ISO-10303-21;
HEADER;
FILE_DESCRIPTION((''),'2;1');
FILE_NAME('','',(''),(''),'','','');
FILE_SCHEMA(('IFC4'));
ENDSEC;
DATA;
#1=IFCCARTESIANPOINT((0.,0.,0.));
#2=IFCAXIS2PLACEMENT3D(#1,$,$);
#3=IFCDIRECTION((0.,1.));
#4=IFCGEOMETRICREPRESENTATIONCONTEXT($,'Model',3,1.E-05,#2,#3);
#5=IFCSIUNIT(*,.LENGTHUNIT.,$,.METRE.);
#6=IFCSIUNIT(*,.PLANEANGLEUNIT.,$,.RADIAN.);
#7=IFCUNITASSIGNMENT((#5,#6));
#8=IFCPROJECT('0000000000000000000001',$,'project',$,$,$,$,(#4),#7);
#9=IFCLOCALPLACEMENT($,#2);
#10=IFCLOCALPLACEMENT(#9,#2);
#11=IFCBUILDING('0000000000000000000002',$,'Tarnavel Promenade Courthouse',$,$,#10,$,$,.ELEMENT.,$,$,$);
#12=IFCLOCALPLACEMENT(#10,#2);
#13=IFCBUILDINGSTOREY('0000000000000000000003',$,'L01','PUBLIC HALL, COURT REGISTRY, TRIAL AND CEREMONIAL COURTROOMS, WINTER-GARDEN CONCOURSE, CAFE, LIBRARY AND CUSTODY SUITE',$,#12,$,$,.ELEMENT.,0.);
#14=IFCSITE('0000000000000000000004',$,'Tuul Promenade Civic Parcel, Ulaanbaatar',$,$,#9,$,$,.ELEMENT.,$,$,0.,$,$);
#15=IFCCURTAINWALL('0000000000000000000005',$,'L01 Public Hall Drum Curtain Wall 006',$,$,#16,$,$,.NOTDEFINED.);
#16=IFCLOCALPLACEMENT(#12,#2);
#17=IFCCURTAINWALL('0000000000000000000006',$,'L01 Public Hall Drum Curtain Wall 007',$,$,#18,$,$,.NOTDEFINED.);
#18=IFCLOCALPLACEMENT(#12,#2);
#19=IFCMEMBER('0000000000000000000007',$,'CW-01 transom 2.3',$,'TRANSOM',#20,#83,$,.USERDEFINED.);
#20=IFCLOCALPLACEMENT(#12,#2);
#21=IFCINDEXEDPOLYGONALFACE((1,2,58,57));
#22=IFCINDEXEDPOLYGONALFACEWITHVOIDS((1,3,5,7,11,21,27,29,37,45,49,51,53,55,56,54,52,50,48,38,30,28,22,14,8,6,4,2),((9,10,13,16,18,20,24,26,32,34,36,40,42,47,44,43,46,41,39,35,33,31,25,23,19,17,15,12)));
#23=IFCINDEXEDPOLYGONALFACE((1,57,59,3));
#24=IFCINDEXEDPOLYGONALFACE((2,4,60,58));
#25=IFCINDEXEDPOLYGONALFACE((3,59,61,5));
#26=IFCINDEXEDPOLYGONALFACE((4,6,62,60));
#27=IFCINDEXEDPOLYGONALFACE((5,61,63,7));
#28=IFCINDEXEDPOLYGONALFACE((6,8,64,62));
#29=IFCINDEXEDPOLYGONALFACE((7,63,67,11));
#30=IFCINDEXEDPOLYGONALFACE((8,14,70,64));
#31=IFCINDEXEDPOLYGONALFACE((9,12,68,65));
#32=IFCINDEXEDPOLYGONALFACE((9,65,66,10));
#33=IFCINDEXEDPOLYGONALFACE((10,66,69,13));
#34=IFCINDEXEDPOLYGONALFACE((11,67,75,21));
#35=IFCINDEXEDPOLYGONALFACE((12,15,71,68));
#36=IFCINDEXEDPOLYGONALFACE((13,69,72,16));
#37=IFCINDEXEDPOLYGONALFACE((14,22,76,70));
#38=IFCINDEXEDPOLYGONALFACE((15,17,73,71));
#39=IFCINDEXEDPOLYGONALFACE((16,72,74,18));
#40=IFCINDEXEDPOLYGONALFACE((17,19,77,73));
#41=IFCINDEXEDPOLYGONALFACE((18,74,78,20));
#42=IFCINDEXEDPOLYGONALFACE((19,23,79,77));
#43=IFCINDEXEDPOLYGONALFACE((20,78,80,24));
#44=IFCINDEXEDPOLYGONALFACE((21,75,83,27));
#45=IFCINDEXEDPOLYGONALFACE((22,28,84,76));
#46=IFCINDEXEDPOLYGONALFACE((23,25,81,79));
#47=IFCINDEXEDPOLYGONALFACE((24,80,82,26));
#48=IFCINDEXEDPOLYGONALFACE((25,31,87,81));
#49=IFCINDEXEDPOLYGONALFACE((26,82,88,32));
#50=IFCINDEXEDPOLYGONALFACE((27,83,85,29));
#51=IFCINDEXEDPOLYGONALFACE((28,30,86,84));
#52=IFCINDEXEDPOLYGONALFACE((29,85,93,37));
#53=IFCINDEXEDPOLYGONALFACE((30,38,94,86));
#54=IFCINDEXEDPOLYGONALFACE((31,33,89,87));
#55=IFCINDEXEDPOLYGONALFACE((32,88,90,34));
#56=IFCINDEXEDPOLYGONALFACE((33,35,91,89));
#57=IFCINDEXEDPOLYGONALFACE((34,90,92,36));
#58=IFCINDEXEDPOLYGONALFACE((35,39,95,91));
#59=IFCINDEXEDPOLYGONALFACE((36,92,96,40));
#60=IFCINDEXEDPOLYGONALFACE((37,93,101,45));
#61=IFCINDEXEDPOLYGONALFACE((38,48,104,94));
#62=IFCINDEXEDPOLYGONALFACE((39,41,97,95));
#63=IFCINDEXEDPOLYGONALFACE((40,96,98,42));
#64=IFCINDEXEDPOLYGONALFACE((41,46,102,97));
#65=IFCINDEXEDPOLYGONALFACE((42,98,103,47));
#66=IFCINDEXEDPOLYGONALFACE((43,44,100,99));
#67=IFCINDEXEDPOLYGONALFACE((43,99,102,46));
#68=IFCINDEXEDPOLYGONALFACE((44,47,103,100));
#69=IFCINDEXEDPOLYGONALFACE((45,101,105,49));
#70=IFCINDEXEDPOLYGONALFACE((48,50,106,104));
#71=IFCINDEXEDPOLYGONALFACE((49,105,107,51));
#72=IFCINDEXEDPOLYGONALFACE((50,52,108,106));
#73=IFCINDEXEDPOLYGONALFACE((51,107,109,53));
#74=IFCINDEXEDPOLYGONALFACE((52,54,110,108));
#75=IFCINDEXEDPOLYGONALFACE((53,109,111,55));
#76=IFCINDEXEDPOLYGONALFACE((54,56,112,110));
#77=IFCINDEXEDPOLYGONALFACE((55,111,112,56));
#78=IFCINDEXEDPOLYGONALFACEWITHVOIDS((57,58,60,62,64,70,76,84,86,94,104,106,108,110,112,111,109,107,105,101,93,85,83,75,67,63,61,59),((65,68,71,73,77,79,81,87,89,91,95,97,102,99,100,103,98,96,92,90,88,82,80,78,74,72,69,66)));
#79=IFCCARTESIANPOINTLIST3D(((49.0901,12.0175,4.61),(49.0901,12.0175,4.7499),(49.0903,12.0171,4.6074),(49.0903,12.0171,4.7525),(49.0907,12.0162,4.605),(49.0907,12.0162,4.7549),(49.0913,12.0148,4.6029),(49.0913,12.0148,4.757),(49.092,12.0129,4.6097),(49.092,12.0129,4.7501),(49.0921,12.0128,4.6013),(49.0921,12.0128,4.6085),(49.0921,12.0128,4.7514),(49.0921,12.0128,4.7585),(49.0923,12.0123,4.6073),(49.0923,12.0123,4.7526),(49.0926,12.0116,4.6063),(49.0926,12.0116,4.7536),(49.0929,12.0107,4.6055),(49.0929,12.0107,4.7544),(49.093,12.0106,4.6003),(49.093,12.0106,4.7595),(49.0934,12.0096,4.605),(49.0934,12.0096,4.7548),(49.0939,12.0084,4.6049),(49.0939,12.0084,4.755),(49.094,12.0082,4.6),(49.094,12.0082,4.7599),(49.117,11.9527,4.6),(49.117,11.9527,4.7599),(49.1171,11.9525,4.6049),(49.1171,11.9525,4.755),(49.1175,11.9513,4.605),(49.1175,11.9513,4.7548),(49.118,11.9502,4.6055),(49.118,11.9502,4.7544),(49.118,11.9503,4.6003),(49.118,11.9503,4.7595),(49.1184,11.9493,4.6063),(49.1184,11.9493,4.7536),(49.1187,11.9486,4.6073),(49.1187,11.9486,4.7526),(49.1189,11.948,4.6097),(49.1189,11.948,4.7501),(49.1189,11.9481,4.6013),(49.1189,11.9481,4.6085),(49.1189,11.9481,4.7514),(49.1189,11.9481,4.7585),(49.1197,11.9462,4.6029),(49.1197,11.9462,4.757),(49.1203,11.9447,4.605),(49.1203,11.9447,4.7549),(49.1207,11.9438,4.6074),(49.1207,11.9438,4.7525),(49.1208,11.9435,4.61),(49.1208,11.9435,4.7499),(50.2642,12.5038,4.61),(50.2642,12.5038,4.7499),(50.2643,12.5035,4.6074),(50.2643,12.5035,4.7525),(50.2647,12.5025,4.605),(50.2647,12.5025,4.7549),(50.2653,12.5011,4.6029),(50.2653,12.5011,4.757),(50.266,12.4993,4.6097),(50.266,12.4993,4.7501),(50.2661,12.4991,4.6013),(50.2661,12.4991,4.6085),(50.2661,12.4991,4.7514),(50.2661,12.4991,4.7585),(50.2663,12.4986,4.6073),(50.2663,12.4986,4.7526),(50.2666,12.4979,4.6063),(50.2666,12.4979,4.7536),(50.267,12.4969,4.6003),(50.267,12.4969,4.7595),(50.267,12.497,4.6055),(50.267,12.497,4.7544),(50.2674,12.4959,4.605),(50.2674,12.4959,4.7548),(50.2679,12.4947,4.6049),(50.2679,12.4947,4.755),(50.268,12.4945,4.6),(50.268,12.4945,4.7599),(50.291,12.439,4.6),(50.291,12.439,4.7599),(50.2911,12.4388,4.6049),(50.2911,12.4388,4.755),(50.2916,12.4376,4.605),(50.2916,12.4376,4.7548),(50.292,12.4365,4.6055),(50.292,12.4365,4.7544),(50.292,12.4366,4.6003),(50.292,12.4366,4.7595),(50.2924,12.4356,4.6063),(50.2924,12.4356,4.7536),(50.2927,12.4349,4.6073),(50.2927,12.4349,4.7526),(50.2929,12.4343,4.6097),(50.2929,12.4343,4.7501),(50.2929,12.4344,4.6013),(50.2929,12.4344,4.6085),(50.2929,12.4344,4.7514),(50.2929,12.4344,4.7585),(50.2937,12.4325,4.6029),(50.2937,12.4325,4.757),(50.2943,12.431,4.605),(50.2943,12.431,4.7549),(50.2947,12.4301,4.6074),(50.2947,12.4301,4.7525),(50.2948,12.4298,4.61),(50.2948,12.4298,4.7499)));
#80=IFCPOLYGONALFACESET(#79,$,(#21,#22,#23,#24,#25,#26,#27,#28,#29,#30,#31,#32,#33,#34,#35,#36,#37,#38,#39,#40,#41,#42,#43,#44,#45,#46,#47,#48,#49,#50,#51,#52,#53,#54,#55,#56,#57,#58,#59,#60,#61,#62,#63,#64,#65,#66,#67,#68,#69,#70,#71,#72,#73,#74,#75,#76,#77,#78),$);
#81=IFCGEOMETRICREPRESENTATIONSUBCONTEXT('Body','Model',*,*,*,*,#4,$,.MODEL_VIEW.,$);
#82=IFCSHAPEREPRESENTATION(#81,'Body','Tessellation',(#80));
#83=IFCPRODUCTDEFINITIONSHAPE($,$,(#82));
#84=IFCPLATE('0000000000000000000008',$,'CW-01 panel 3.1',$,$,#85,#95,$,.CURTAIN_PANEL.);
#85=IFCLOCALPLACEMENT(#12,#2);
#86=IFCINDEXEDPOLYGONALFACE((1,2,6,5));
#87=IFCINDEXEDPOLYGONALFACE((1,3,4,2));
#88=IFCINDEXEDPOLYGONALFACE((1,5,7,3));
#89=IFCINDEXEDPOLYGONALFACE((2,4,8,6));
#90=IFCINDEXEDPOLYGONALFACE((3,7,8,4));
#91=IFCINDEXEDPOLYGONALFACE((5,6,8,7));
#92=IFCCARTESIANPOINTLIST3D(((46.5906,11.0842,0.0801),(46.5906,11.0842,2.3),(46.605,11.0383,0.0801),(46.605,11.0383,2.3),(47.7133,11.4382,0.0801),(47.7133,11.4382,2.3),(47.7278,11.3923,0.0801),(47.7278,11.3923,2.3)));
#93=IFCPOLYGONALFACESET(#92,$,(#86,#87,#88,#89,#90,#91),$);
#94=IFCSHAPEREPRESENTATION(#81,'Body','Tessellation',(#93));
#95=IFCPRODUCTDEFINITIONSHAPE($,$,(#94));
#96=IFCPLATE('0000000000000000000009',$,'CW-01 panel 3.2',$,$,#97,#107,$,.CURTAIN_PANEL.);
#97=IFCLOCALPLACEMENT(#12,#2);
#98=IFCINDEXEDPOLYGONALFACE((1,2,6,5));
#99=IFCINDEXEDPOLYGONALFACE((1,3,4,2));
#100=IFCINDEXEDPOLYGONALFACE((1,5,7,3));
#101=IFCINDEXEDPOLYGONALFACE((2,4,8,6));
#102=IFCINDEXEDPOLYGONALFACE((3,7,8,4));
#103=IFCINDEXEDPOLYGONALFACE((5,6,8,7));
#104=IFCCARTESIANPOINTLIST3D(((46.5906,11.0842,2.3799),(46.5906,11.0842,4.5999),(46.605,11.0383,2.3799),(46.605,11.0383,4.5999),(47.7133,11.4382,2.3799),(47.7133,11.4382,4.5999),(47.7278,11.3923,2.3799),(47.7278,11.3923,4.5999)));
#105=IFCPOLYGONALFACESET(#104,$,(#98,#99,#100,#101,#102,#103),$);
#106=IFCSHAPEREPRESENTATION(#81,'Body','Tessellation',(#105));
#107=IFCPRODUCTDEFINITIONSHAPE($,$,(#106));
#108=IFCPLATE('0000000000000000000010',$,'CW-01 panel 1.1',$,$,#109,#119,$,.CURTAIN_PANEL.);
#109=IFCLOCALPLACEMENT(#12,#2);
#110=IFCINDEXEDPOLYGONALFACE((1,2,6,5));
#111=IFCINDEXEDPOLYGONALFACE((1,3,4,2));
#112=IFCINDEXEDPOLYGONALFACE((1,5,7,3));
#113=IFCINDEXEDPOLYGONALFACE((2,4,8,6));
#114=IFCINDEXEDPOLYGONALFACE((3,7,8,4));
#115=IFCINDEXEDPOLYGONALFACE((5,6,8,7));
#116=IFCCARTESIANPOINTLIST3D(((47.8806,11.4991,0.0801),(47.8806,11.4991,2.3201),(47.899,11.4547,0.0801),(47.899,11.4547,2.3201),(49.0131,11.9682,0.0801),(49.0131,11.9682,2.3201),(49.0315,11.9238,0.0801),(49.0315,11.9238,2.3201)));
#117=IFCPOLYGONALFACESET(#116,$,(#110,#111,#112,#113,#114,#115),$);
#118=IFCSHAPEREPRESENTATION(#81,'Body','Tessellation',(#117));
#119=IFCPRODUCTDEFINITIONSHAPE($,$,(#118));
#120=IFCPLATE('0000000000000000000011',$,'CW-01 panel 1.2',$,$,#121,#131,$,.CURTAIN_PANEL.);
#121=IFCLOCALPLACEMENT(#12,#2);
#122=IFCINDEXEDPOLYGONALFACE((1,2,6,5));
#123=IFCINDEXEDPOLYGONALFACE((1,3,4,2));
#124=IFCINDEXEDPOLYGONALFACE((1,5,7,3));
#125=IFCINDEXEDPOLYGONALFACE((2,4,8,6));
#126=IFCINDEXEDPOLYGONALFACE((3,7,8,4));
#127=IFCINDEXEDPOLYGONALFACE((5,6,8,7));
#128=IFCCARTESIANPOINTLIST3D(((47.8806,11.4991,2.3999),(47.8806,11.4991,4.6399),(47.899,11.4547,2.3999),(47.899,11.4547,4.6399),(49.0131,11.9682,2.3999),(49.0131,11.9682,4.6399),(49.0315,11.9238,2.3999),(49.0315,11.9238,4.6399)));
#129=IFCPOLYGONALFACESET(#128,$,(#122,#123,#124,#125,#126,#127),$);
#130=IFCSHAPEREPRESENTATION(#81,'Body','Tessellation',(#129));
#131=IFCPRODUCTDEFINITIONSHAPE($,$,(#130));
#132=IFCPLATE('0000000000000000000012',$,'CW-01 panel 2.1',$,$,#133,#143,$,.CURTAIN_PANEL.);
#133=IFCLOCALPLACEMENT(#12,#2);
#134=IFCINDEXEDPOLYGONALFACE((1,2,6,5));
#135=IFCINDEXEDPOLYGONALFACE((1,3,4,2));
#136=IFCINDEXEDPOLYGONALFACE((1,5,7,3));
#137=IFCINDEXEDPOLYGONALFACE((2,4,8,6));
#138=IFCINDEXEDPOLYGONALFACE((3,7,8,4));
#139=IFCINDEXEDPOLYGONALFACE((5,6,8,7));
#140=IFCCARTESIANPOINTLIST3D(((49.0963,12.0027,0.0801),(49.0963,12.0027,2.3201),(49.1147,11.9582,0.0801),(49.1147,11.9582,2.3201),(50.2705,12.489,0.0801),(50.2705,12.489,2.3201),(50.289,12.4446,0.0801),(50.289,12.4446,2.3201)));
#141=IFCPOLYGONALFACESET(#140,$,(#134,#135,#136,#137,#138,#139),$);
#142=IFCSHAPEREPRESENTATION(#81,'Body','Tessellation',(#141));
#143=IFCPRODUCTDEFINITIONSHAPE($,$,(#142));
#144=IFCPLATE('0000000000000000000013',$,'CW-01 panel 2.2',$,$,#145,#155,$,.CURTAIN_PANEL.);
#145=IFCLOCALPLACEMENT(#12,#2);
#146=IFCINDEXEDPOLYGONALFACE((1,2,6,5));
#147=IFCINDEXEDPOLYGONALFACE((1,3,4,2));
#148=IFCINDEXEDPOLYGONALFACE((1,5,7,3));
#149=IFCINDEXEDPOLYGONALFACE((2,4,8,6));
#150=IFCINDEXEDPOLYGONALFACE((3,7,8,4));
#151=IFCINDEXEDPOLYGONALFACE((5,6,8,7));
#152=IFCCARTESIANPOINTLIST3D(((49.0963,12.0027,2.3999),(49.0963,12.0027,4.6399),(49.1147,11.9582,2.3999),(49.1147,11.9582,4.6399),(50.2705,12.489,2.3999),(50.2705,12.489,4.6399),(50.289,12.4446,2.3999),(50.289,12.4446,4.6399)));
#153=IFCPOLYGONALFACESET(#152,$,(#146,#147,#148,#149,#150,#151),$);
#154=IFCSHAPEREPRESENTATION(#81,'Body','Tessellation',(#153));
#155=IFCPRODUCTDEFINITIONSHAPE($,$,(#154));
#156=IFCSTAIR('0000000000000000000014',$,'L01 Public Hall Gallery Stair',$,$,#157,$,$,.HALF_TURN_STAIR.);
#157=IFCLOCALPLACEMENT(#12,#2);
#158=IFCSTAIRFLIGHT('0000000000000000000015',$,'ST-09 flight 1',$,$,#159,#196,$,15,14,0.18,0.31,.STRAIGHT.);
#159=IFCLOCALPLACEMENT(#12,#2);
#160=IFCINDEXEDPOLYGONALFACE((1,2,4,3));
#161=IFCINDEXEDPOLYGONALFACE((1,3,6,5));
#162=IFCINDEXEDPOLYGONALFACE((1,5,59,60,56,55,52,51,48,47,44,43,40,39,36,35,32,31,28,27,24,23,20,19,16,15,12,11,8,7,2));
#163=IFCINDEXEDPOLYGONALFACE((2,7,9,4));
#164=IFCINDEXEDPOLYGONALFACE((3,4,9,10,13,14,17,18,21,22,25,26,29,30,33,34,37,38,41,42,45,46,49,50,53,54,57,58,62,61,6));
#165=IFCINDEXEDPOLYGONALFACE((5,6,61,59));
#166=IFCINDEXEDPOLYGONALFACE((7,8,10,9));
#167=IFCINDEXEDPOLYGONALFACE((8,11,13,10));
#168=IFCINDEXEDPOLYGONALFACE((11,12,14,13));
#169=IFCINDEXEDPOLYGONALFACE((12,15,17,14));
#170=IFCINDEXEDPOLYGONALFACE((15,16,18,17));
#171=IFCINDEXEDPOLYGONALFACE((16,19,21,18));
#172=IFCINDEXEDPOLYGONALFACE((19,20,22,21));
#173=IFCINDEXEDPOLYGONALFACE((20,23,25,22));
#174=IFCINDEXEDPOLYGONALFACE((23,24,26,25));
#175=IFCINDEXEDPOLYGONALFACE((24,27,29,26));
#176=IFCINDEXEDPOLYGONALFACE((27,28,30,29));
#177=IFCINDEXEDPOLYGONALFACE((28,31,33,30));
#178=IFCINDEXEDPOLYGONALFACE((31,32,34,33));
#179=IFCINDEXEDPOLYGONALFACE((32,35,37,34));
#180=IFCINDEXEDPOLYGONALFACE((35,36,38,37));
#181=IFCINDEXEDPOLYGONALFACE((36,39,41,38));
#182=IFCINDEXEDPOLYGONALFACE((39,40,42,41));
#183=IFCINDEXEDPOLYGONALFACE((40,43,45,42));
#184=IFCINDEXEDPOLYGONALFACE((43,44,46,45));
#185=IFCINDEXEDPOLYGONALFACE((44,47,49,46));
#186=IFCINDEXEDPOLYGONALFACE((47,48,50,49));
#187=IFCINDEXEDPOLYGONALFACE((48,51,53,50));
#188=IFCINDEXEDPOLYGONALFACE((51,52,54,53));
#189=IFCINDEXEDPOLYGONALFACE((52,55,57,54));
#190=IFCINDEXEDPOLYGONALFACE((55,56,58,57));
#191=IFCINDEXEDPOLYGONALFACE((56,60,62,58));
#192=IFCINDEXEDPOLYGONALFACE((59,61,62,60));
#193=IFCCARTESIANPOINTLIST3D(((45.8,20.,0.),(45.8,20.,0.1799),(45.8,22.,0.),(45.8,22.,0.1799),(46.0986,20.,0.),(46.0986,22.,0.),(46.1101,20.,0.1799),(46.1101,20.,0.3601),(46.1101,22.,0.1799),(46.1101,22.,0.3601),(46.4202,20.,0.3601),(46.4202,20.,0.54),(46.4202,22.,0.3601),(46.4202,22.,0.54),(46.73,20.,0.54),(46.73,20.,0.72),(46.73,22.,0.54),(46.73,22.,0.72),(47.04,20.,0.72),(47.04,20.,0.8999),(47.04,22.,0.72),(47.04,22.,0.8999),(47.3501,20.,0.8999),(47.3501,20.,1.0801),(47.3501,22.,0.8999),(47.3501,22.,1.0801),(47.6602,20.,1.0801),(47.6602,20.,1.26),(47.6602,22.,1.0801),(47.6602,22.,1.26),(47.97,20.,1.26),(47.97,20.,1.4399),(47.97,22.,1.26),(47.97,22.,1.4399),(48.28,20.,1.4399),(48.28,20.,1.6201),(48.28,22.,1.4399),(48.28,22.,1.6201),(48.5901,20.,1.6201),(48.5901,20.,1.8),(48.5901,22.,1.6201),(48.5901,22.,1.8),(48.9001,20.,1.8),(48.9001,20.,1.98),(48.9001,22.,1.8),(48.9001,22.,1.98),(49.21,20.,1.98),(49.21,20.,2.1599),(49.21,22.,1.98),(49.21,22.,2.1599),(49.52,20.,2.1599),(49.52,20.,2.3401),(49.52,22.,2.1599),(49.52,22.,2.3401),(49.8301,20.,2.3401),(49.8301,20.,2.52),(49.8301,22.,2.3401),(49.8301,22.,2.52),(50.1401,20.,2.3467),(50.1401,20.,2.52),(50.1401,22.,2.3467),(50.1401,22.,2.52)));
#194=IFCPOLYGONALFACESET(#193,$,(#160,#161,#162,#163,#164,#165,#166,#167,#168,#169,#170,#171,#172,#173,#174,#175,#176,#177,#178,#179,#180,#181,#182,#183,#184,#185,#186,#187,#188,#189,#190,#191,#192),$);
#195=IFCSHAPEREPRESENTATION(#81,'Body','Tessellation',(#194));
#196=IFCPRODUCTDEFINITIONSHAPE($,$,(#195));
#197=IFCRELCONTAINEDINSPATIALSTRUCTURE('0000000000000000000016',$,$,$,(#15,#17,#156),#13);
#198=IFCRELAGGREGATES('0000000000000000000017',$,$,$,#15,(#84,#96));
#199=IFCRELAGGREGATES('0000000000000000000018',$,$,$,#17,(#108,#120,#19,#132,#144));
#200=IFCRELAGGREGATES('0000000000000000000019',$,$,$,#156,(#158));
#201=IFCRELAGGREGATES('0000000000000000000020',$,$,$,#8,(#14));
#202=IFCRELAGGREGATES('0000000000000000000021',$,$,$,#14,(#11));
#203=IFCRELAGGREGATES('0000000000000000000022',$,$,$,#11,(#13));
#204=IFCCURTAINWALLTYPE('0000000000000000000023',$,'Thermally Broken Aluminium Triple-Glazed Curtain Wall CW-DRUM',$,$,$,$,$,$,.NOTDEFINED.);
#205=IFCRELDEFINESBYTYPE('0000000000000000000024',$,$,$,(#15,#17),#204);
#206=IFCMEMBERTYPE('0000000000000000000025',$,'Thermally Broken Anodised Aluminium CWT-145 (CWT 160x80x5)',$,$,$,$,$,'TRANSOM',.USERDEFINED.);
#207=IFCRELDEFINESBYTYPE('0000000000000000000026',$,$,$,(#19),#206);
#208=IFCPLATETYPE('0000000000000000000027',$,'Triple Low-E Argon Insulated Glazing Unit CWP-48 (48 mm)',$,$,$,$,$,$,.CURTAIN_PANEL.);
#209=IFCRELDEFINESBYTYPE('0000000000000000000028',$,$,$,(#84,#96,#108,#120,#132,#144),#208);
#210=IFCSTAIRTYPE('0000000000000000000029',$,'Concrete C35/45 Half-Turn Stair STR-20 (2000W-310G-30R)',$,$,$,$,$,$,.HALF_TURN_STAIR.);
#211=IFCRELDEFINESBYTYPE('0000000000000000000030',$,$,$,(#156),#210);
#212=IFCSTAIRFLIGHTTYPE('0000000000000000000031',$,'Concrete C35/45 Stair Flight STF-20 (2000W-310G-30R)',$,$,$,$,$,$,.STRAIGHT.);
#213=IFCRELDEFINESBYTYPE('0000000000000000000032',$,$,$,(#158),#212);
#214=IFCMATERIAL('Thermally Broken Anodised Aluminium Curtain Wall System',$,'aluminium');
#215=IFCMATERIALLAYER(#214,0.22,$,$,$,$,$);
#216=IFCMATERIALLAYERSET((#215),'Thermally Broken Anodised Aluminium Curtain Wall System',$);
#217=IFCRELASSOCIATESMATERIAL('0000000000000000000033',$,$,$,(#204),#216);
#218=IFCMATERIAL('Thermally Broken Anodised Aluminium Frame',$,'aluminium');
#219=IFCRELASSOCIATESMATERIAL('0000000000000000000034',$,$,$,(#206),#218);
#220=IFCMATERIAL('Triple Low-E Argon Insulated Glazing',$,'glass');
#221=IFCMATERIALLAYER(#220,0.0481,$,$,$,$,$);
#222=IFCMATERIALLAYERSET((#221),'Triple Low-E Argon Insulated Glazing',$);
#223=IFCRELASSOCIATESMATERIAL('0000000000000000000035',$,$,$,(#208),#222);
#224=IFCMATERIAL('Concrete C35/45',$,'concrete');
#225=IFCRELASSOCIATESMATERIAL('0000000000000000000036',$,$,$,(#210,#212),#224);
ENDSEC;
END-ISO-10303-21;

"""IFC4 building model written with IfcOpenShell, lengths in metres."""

from ifc_helpers import new_model, si_unit, direction, frame, origin, origin_2d, place, context, subcontext, project, spatial, polyline, rectangle, hollow_rectangle, outline, extrude, material, layer, layer_set, material_profile, profile_set, type_object, element, aggregate, save


model = new_model("IFC4")

# Units and contexts
model_context = context("Model", 3, precision=1e-05, world=origin(), true_north=direction((0.0, 1.0)))
body_context = subcontext(model_context, "Body", "Model", "MODEL_VIEW")
ifc_project = project(units=[si_unit("LENGTHUNIT", "METRE"), si_unit("PLANEANGLEUNIT", "RADIAN")], contexts=[model_context])

# Site, building, storey
site_placement = place(None, origin())
site = spatial("IfcSite", under=ifc_project, at=site_placement, Name="Tuul Promenade Civic Parcel, Ulaanbaatar", CompositionType="ELEMENT", RefElevation=0.0)
building_placement = place(site_placement, origin())
building = spatial("IfcBuilding", under=site, at=building_placement, Name="Tarnavel Promenade Courthouse", CompositionType="ELEMENT")
storey_placement = place(building_placement, origin())
storey = spatial("IfcBuildingStorey", under=building, at=storey_placement, Name="L01", Description="PUBLIC HALL, COURT REGISTRY, TRIAL AND CEREMONIAL COURTROOMS, WINTER-GARDEN CONCOURSE, CAFE, LIBRARY AND CUSTODY SUITE", CompositionType="ELEMENT", Elevation=0.0)

# Curtain walls
ifc_material_1 = material(Name="Thermally Broken Anodised Aluminium Curtain Wall System", Category="aluminium")
ifc_layer_1 = layer(ifc_material_1, 0.22)
ifc_layer_set_1 = layer_set([ifc_layer_1], Name="Thermally Broken Anodised Aluminium Curtain Wall System")
curtain_wall_type = type_object("IfcCurtainWallType", Name="Thermally Broken Aluminium Triple-Glazed Curtain Wall CW-DRUM", PredefinedType="NOTDEFINED", material=ifc_layer_set_1)
curtain_wall_1_placement = place(storey_placement, origin())
curtain_wall_1 = element("IfcCurtainWall", 1, at=curtain_wall_1_placement, inside=storey, type_object=curtain_wall_type, Name="L01 Public Hall Drum Curtain Wall 006", PredefinedType="NOTDEFINED")
ifc_material_2 = material(Name="Thermally Broken Anodised Aluminium Frame", Category="aluminium")
curtain_wall_2_placement = place(storey_placement, origin())
curtain_wall_2 = element("IfcCurtainWall", 2, at=curtain_wall_2_placement, inside=storey, type_object=curtain_wall_type, Name="L01 Public Hall Drum Curtain Wall 007", PredefinedType="NOTDEFINED")

# Member
ifc_material_profile_1 = material_profile(ifc_material_2, hollow_rectangle(XDim=0.0801, YDim=0.1599, WallThickness=0.0049, InnerFilletRadius=0.0049, OuterFilletRadius=0.01, at=origin_2d()), Name="CWT 160x80x5")
ifc_profile_set_1 = profile_set([ifc_material_profile_1], Name="Thermally Broken Anodised Aluminium Frame")
member_type_1 = type_object("IfcMemberType", Name="Thermally Broken Anodised Aluminium CWT-145 (CWT 160x80x5)", ElementType="TRANSOM", PredefinedType="USERDEFINED", material=ifc_profile_set_1)
member_1_placement = place(storey_placement, frame((49.1055, 11.9805, 4.6799), z_axis=(0.923876, 0.382691, 0.0), x_axis=(-0.382691, 0.923876, 0.0)))
member_1 = element("IfcMember", 3, at=member_1_placement, type_object=member_type_1, Name="CW-01 transom 2.3", ObjectType="TRANSOM", PredefinedType="USERDEFINED", context=body_context, shape_type="SweptSolid", body=[
    extrude(hollow_rectangle(XDim=0.0801, YDim=0.1599, WallThickness=0.0049, InnerFilletRadius=0.0049, OuterFilletRadius=0.01, at=origin_2d()), origin(), (0.0, 0.0, 1.0), 1.2708),
])

# Plates
ifc_material_3 = material(Name="Triple Low-E Argon Insulated Glazing", Category="glass")
ifc_layer_2 = layer(ifc_material_3, 0.0481)
ifc_layer_set_2 = layer_set([ifc_layer_2], Name="Triple Low-E Argon Insulated Glazing")
plate_type = type_object("IfcPlateType", Name="Triple Low-E Argon Insulated Glazing Unit CWP-48 (48 mm)", PredefinedType="CURTAIN_PANEL", material=ifc_layer_set_2)
plate_1_placement = place(storey_placement, frame((47.1592, 11.2383, 0.0801), z_axis=(0.0, 0.0, 1.0), x_axis=(0.953718, 0.300704, 0.0)))
plate_1 = element("IfcPlate", 4, at=plate_1_placement, type_object=plate_type, Name="CW-01 panel 3.1", PredefinedType="CURTAIN_PANEL", context=body_context, shape_type="SweptSolid", body=[
    extrude(rectangle(XDim=1.1772, YDim=0.0481, at=origin_2d()), origin(), (0.0, 0.0, 1.0), 2.22),
])
plate_2_placement = place(storey_placement, frame((47.1592, 11.2383, 2.3799), z_axis=(0.0, 0.0, 1.0), x_axis=(0.953718, 0.300704, 0.0)))
plate_2 = element("IfcPlate", 5, at=plate_2_placement, type_object=plate_type, Name="CW-01 panel 3.2", PredefinedType="CURTAIN_PANEL", context=body_context, shape_type="SweptSolid", body=[
    extrude(rectangle(XDim=1.1772, YDim=0.0481, at=origin_2d()), origin(), (0.0, 0.0, 1.0), 2.22),
])
aggregate(curtain_wall_1, [plate_1, plate_2])
plate_3_placement = place(storey_placement, frame((48.4561, 11.7114, 0.0801), z_axis=(0.0, 0.0, 1.0), x_axis=(0.923879, 0.382685, 0.0)))
plate_3 = element("IfcPlate", 6, at=plate_3_placement, type_object=plate_type, Name="CW-01 panel 1.1", PredefinedType="CURTAIN_PANEL", context=body_context, shape_type="SweptSolid", body=[
    extrude(rectangle(XDim=1.2258, YDim=0.0481, at=origin_2d()), origin(), (0.0, 0.0, 1.0), 2.24),
])
plate_4_placement = place(storey_placement, frame((48.4561, 11.7114, 2.3999), z_axis=(0.0, 0.0, 1.0), x_axis=(0.923879, 0.382685, 0.0)))
plate_4 = element("IfcPlate", 7, at=plate_4_placement, type_object=plate_type, Name="CW-01 panel 1.2", PredefinedType="CURTAIN_PANEL", context=body_context, shape_type="SweptSolid", body=[
    extrude(rectangle(XDim=1.2258, YDim=0.0481, at=origin_2d()), origin(), (0.0, 0.0, 1.0), 2.24),
])
plate_5_placement = place(storey_placement, frame((49.6926, 12.2236, 0.0801), z_axis=(0.0, 0.0, 1.0), x_axis=(0.923879, 0.382685, 0.0)))
plate_5 = element("IfcPlate", 8, at=plate_5_placement, type_object=plate_type, Name="CW-01 panel 2.1", PredefinedType="CURTAIN_PANEL", context=body_context, shape_type="SweptSolid", body=[
    extrude(rectangle(XDim=1.271, YDim=0.0481, at=origin_2d()), origin(), (0.0, 0.0, 1.0), 2.24),
])
plate_6_placement = place(storey_placement, frame((49.6926, 12.2236, 2.3999), z_axis=(0.0, 0.0, 1.0), x_axis=(0.923879, 0.382685, 0.0)))
plate_6 = element("IfcPlate", 9, at=plate_6_placement, type_object=plate_type, Name="CW-01 panel 2.2", PredefinedType="CURTAIN_PANEL", context=body_context, shape_type="SweptSolid", body=[
    extrude(rectangle(XDim=1.271, YDim=0.0481, at=origin_2d()), origin(), (0.0, 0.0, 1.0), 2.24),
])
aggregate(curtain_wall_2, [plate_3, plate_4, member_1, plate_5, plate_6])

# Stair, stair flight
ifc_material_4 = material(Name="Concrete C35/45", Category="concrete")
stair_type = type_object("IfcStairType", Name="Concrete C35/45 Half-Turn Stair STR-20 (2000W-310G-30R)", PredefinedType="HALF_TURN_STAIR", material=ifc_material_4)
stair_placement = place(storey_placement, origin())
stair = element("IfcStair", 10, at=stair_placement, inside=storey, type_object=stair_type, Name="L01 Public Hall Gallery Stair", PredefinedType="HALF_TURN_STAIR")
stair_flight_type = type_object("IfcStairFlightType", Name="Concrete C35/45 Stair Flight STF-20 (2000W-310G-30R)", PredefinedType="STRAIGHT", material=ifc_material_4)
stair_flight_placement = place(storey_placement, frame((45.8, 21.0, 0.0), z_axis=(0.0, 0.0, 1.0), x_axis=(1.0, 0.0, 0.0)))
stair_flight = element("IfcStairFlight", 11, at=stair_flight_placement, type_object=stair_flight_type, Name="ST-09 flight 1", NumberOfRisers=15, NumberOfTreads=14, PredefinedType="STRAIGHT", RiserHeight=0.18, TreadLength=0.31, context=body_context, shape_type="SweptSolid", body=[
    extrude(outline(polyline([(0.0, 0.0), (0.0, 0.1799), (0.3101, 0.1799), (0.3101, 0.3601), (0.6201, 0.3601), (0.6201, 0.54), (0.9299, 0.54), (0.9299, 0.72), (1.24, 0.72), (1.24, 0.8999), (1.55, 0.8999), (1.55, 1.0801), (1.8601, 1.0801), (1.8601, 1.26), (2.1699, 1.26), (2.1699, 1.4399), (2.48, 1.4399), (2.48, 1.6201), (2.79, 1.6201), (2.79, 1.8), (3.1001, 1.8), (3.1001, 1.98), (3.4099, 1.98), (3.4099, 2.1599), (3.72, 2.1599), (3.72, 2.3401), (4.03, 2.3401), (4.03, 2.52), (4.3401, 2.52), (4.3401, 2.7), (4.3401, 2.3467), (0.2986, 0.0), (0.0, 0.0)])), frame((0.0, 1.0, 0.0), z_axis=(0.0, -1.0, 0.0), x_axis=(1.0, 0.0, 0.0)), (0.0, 0.0, 1.0), 2.0),
])
aggregate(stair, [stair_flight])

save(model, "model.ifc")
